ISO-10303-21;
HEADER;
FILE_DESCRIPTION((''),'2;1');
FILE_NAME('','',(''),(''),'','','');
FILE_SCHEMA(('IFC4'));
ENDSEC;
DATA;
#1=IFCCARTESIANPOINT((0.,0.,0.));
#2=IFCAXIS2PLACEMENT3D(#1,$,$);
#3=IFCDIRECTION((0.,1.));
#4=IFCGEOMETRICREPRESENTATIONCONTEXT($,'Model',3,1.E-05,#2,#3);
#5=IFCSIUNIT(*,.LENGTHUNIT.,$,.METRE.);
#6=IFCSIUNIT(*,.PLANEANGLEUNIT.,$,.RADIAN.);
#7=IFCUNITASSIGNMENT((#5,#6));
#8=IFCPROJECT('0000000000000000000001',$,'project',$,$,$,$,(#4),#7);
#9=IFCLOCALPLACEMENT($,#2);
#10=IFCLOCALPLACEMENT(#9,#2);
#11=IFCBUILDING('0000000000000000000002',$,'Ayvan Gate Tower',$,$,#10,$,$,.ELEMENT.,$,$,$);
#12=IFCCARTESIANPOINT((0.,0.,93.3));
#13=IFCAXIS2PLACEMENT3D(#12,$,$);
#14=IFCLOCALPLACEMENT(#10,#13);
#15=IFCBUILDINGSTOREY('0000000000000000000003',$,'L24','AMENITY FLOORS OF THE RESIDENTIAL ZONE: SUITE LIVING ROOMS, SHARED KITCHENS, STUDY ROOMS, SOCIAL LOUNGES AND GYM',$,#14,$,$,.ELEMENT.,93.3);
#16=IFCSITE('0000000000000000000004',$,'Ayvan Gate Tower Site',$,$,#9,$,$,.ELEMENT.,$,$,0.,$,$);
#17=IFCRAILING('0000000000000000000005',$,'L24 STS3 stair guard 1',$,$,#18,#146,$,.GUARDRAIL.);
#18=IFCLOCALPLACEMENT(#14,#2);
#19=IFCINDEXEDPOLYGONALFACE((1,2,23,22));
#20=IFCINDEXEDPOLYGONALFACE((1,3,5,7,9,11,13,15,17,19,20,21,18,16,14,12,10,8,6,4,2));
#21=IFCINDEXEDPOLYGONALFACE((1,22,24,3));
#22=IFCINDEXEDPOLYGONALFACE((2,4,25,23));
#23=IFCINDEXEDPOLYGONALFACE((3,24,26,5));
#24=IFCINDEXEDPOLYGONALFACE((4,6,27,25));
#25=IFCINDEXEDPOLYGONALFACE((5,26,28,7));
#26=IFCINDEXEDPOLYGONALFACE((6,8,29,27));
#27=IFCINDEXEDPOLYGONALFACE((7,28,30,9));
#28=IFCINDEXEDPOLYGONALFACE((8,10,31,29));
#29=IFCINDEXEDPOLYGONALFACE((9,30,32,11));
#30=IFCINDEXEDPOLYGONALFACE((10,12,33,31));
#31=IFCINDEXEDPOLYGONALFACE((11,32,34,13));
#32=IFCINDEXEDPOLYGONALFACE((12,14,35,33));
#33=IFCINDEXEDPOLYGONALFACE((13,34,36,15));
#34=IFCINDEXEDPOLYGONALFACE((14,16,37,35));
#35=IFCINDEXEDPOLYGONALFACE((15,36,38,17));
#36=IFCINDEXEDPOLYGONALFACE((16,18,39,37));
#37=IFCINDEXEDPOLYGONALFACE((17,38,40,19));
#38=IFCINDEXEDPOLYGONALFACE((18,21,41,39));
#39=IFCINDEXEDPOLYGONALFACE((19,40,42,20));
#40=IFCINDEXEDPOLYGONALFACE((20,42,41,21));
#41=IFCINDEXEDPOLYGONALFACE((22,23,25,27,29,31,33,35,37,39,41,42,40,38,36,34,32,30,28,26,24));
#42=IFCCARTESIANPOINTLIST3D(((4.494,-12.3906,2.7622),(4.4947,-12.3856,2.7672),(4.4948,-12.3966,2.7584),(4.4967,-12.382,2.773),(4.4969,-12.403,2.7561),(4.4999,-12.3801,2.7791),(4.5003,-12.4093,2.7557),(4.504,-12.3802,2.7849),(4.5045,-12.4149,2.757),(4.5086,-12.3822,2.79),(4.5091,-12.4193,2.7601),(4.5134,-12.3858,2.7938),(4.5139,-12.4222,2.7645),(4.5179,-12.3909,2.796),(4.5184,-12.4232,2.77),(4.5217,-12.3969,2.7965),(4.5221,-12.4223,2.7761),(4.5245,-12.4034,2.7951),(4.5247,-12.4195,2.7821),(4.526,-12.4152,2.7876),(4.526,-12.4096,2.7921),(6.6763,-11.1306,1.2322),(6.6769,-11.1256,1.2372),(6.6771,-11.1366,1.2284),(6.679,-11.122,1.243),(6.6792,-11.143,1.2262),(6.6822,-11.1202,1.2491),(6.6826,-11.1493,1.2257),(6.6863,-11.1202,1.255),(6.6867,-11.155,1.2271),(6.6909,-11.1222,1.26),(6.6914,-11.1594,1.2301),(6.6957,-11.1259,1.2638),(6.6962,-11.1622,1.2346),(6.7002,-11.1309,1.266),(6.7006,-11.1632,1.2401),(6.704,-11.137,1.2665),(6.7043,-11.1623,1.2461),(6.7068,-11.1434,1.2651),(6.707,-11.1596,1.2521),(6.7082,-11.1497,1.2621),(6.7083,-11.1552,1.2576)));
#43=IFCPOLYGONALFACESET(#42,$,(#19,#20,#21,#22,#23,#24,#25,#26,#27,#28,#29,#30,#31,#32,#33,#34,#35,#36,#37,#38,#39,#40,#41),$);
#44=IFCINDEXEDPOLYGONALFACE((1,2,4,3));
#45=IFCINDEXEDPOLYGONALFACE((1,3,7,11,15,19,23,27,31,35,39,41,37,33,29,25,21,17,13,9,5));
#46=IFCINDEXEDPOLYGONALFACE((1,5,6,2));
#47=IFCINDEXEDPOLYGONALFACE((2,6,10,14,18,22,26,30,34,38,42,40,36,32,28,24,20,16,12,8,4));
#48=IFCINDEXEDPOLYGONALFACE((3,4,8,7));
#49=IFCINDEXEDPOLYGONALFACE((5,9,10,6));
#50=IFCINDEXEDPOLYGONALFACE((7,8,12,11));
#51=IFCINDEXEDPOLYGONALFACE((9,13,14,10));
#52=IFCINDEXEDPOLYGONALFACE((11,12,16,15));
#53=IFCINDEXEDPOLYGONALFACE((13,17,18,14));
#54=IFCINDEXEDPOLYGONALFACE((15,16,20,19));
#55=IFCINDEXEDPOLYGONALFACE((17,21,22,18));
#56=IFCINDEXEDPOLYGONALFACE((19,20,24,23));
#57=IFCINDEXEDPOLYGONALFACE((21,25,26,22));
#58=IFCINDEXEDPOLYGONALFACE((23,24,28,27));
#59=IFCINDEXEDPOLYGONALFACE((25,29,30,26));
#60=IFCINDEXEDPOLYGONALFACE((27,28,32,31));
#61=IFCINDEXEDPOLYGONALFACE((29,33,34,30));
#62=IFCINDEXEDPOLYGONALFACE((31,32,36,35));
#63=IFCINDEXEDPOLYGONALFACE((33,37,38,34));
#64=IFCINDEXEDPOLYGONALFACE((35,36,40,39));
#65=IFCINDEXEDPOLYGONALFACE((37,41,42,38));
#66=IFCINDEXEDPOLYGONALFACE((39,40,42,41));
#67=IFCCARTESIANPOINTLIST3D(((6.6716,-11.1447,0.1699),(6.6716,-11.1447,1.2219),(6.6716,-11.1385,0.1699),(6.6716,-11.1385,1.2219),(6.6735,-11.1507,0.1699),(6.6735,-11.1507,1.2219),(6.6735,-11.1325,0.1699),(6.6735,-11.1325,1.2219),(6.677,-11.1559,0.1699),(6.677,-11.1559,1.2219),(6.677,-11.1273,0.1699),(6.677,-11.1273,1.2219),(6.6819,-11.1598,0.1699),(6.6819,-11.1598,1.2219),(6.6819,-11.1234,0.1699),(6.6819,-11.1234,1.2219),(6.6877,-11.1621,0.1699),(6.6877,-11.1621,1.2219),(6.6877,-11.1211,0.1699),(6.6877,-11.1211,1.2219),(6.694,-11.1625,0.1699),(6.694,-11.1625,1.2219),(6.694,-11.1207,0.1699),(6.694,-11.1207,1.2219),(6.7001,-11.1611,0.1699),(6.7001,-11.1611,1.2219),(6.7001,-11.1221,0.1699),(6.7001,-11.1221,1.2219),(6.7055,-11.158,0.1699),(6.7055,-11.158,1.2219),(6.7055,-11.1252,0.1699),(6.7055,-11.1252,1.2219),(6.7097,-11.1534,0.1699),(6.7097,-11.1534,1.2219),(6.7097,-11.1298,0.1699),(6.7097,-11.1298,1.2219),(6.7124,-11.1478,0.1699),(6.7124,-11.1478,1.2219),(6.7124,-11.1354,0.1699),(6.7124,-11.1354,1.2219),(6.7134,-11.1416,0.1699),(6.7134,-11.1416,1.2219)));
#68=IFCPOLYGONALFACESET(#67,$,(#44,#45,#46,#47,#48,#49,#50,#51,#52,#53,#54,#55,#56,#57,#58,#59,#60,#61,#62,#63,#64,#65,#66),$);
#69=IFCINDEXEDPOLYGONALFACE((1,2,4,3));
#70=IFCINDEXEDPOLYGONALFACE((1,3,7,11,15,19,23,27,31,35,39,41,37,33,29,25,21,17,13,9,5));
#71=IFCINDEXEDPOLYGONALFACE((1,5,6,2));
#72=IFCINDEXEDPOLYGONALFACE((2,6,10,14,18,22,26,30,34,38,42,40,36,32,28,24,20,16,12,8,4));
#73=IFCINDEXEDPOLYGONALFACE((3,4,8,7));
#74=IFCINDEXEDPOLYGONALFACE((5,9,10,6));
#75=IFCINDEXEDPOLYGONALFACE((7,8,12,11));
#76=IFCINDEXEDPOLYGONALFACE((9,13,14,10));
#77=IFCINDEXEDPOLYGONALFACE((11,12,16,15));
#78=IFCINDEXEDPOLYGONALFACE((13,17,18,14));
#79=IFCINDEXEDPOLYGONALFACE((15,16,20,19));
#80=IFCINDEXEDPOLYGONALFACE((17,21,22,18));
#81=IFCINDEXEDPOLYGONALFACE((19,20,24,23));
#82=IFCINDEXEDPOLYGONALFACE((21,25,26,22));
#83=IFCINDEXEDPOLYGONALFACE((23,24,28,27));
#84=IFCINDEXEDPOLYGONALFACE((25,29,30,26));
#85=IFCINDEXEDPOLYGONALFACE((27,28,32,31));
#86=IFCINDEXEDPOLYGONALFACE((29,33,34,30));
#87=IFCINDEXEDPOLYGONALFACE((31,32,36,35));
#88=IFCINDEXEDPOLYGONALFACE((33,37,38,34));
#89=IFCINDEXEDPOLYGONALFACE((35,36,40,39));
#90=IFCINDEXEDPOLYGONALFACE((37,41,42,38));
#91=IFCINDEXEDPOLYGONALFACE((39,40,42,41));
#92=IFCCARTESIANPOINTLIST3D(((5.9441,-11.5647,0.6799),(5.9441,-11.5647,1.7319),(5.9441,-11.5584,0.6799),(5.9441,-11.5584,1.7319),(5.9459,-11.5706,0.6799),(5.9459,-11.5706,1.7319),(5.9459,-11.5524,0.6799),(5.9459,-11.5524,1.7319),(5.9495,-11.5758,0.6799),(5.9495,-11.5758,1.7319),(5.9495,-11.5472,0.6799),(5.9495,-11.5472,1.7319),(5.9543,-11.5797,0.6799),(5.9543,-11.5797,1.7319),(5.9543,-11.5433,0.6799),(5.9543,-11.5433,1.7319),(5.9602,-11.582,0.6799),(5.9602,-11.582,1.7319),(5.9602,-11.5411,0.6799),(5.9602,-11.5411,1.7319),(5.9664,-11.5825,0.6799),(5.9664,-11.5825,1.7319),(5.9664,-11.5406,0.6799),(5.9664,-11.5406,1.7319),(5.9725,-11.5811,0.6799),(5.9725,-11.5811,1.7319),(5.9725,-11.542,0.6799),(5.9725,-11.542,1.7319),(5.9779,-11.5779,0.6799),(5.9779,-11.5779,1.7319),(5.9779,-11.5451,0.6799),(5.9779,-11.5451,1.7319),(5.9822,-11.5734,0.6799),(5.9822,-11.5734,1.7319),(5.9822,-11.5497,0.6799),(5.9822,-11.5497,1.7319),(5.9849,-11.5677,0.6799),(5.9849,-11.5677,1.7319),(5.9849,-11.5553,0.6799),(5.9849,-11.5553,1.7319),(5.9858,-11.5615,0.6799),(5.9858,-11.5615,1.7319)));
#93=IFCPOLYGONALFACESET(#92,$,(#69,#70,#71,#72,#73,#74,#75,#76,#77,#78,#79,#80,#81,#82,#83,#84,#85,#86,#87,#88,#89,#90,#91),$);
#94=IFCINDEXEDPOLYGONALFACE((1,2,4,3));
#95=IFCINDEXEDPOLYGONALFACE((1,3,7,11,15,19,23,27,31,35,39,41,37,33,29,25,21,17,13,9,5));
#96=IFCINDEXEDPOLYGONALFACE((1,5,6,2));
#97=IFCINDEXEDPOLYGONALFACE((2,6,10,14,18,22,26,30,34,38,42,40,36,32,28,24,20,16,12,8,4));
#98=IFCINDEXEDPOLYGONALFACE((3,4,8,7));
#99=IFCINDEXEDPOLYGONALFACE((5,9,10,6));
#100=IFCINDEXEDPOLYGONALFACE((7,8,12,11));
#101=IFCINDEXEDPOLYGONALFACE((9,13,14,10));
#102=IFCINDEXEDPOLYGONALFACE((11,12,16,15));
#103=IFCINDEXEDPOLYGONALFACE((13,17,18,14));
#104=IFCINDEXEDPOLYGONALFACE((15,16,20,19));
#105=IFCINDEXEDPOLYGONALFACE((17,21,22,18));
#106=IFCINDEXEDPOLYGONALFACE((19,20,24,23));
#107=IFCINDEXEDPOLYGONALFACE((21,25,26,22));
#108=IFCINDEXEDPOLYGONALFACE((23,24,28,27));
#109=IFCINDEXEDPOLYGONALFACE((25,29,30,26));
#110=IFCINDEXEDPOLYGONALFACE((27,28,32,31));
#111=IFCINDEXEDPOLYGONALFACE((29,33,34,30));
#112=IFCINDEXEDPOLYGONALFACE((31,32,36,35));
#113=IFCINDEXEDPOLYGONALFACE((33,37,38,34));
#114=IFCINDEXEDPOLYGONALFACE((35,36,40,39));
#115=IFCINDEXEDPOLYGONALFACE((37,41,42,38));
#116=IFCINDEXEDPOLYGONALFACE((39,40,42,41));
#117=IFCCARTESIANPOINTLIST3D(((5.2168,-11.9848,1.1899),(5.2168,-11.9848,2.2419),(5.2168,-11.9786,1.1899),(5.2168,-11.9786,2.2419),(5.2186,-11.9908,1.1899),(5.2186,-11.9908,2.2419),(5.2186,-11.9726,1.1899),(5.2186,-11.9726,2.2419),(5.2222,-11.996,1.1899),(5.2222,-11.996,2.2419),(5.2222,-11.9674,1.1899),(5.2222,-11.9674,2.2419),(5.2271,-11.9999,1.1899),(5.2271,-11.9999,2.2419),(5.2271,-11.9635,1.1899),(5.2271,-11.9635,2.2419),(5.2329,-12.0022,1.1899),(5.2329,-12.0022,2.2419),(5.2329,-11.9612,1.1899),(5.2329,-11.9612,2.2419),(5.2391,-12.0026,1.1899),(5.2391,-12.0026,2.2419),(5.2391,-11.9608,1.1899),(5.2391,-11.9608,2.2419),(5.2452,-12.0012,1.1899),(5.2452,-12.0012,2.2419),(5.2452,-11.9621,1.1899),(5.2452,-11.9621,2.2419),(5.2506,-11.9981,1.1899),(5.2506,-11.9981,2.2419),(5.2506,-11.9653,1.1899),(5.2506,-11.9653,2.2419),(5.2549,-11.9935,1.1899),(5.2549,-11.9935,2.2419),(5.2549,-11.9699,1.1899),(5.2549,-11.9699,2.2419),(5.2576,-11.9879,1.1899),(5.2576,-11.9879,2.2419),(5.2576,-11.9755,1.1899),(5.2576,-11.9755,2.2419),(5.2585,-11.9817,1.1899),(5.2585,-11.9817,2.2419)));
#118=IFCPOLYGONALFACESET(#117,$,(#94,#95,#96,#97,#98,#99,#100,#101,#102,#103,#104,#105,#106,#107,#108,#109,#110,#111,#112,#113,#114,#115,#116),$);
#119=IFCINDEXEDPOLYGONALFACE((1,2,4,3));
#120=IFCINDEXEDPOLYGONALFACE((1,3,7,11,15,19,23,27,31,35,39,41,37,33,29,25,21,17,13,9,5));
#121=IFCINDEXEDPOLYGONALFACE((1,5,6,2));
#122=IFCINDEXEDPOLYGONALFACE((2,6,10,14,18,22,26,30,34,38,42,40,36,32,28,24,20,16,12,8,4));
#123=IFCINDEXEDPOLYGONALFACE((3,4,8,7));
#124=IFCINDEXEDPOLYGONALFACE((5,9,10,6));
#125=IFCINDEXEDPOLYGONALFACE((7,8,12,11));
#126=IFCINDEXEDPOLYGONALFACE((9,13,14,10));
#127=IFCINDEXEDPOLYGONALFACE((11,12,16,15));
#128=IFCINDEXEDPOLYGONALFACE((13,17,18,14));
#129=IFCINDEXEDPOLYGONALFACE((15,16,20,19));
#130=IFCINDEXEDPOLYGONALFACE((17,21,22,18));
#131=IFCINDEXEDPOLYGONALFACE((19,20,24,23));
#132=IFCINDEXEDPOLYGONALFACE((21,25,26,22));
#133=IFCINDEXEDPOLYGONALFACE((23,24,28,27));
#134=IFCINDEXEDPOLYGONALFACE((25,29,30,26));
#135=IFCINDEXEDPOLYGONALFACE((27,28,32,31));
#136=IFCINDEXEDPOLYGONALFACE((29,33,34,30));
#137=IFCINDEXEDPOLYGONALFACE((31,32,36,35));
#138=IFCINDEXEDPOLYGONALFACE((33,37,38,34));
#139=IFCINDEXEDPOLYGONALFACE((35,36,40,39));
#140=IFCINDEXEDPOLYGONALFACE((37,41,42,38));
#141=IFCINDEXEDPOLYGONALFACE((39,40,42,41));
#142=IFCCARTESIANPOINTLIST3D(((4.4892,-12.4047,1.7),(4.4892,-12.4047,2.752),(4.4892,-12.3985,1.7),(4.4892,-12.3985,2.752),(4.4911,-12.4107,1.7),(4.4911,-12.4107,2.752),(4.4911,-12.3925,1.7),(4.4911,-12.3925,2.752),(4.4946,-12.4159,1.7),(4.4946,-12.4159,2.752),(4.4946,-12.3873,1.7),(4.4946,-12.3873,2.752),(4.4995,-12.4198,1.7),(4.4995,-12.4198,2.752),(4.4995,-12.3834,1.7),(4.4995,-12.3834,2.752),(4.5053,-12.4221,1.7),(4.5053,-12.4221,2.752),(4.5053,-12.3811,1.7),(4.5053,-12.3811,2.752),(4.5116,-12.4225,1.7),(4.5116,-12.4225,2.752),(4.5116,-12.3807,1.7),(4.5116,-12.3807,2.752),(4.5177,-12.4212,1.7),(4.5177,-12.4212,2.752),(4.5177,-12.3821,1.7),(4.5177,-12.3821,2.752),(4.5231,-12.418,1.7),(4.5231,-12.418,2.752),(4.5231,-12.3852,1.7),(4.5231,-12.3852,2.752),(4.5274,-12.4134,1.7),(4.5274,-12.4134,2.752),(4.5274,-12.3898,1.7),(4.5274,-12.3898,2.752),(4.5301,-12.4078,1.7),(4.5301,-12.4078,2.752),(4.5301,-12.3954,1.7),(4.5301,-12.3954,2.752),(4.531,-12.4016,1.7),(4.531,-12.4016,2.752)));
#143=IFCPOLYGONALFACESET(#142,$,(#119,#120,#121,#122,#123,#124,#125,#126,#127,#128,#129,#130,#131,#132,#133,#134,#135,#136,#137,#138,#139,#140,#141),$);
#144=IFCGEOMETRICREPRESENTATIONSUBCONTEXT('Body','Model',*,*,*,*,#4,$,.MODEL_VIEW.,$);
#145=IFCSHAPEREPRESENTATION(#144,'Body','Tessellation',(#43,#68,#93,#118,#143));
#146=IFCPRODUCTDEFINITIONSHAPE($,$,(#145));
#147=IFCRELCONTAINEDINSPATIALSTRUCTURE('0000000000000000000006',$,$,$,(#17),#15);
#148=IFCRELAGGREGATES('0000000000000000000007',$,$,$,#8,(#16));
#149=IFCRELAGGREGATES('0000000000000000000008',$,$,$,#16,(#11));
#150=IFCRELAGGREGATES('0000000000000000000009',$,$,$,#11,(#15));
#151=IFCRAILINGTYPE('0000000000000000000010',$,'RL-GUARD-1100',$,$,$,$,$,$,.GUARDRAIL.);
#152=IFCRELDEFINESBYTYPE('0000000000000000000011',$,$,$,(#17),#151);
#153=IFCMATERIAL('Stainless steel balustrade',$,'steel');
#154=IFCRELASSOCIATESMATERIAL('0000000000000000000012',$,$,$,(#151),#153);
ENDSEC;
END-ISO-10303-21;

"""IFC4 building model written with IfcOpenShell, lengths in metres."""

from ifc_helpers import new_model, si_unit, direction, frame, origin, origin_2d, place, context, subcontext, project, spatial, circle, extrude, material, type_object, element, save


model = new_model("IFC4")

# Units and contexts
model_context = context("Model", 3, precision=1e-05, world=origin(), true_north=direction((0.0, 1.0)))
body_context = subcontext(model_context, "Body", "Model", "MODEL_VIEW")
ifc_project = project(units=[si_unit("LENGTHUNIT", "METRE"), si_unit("PLANEANGLEUNIT", "RADIAN")], contexts=[model_context])

# Site, building, storey
site_placement = place(None, origin())
site = spatial("IfcSite", under=ifc_project, at=site_placement, Name="Ayvan Gate Tower Site", CompositionType="ELEMENT", RefElevation=0.0)
building_placement = place(site_placement, origin())
building = spatial("IfcBuilding", under=site, at=building_placement, Name="Ayvan Gate Tower", CompositionType="ELEMENT")
storey_placement = place(building_placement, frame((0.0, 0.0, 93.3)))
storey = spatial("IfcBuildingStorey", under=building, at=storey_placement, Name="L24", Description="AMENITY FLOORS OF THE RESIDENTIAL ZONE: SUITE LIVING ROOMS, SHARED KITCHENS, STUDY ROOMS, SOCIAL LOUNGES AND GYM", CompositionType="ELEMENT", Elevation=93.3)

# Railing
ifc_material_1 = material(Name="Stainless steel balustrade", Category="steel")
railing_type_1 = type_object("IfcRailingType", Name="RL-GUARD-1100", PredefinedType="GUARDRAIL", material=ifc_material_1)
railing_1_placement = place(storey_placement, frame((6.6924, -11.1416, 0.1699)))
element("IfcRailing", 1, at=railing_1_placement, inside=storey, type_object=railing_type_1, Name="L24 STS3 stair guard 1", PredefinedType="GUARDRAIL", context=body_context, shape_type="SweptSolid", body=[
    extrude(circle(Radius=0.0239, at=origin_2d()), frame((0.0, 0.0, 1.0762), z_axis=(-0.740261, -0.427395, 0.518986), x_axis=(0.500005, -0.866023, 0.0)), (0.0, 0.0, 1.0), 2.948),
    extrude(circle(Radius=0.021, at=origin_2d()), origin(), (0.0, 0.0, 1.0), 1.052),
    extrude(circle(Radius=0.021, at=origin_2d()), frame((-0.7275, -0.4199, 0.51)), (0.0, 0.0, 1.0), 1.052),
    extrude(circle(Radius=0.021, at=origin_2d()), frame((-1.4548, -0.8401, 1.02)), (0.0, 0.0, 1.0), 1.052),
    extrude(circle(Radius=0.021, at=origin_2d()), frame((-2.1824, -1.26, 1.53)), (0.0, 0.0, 1.0), 1.052),
])

save(model, "model.ifc")
